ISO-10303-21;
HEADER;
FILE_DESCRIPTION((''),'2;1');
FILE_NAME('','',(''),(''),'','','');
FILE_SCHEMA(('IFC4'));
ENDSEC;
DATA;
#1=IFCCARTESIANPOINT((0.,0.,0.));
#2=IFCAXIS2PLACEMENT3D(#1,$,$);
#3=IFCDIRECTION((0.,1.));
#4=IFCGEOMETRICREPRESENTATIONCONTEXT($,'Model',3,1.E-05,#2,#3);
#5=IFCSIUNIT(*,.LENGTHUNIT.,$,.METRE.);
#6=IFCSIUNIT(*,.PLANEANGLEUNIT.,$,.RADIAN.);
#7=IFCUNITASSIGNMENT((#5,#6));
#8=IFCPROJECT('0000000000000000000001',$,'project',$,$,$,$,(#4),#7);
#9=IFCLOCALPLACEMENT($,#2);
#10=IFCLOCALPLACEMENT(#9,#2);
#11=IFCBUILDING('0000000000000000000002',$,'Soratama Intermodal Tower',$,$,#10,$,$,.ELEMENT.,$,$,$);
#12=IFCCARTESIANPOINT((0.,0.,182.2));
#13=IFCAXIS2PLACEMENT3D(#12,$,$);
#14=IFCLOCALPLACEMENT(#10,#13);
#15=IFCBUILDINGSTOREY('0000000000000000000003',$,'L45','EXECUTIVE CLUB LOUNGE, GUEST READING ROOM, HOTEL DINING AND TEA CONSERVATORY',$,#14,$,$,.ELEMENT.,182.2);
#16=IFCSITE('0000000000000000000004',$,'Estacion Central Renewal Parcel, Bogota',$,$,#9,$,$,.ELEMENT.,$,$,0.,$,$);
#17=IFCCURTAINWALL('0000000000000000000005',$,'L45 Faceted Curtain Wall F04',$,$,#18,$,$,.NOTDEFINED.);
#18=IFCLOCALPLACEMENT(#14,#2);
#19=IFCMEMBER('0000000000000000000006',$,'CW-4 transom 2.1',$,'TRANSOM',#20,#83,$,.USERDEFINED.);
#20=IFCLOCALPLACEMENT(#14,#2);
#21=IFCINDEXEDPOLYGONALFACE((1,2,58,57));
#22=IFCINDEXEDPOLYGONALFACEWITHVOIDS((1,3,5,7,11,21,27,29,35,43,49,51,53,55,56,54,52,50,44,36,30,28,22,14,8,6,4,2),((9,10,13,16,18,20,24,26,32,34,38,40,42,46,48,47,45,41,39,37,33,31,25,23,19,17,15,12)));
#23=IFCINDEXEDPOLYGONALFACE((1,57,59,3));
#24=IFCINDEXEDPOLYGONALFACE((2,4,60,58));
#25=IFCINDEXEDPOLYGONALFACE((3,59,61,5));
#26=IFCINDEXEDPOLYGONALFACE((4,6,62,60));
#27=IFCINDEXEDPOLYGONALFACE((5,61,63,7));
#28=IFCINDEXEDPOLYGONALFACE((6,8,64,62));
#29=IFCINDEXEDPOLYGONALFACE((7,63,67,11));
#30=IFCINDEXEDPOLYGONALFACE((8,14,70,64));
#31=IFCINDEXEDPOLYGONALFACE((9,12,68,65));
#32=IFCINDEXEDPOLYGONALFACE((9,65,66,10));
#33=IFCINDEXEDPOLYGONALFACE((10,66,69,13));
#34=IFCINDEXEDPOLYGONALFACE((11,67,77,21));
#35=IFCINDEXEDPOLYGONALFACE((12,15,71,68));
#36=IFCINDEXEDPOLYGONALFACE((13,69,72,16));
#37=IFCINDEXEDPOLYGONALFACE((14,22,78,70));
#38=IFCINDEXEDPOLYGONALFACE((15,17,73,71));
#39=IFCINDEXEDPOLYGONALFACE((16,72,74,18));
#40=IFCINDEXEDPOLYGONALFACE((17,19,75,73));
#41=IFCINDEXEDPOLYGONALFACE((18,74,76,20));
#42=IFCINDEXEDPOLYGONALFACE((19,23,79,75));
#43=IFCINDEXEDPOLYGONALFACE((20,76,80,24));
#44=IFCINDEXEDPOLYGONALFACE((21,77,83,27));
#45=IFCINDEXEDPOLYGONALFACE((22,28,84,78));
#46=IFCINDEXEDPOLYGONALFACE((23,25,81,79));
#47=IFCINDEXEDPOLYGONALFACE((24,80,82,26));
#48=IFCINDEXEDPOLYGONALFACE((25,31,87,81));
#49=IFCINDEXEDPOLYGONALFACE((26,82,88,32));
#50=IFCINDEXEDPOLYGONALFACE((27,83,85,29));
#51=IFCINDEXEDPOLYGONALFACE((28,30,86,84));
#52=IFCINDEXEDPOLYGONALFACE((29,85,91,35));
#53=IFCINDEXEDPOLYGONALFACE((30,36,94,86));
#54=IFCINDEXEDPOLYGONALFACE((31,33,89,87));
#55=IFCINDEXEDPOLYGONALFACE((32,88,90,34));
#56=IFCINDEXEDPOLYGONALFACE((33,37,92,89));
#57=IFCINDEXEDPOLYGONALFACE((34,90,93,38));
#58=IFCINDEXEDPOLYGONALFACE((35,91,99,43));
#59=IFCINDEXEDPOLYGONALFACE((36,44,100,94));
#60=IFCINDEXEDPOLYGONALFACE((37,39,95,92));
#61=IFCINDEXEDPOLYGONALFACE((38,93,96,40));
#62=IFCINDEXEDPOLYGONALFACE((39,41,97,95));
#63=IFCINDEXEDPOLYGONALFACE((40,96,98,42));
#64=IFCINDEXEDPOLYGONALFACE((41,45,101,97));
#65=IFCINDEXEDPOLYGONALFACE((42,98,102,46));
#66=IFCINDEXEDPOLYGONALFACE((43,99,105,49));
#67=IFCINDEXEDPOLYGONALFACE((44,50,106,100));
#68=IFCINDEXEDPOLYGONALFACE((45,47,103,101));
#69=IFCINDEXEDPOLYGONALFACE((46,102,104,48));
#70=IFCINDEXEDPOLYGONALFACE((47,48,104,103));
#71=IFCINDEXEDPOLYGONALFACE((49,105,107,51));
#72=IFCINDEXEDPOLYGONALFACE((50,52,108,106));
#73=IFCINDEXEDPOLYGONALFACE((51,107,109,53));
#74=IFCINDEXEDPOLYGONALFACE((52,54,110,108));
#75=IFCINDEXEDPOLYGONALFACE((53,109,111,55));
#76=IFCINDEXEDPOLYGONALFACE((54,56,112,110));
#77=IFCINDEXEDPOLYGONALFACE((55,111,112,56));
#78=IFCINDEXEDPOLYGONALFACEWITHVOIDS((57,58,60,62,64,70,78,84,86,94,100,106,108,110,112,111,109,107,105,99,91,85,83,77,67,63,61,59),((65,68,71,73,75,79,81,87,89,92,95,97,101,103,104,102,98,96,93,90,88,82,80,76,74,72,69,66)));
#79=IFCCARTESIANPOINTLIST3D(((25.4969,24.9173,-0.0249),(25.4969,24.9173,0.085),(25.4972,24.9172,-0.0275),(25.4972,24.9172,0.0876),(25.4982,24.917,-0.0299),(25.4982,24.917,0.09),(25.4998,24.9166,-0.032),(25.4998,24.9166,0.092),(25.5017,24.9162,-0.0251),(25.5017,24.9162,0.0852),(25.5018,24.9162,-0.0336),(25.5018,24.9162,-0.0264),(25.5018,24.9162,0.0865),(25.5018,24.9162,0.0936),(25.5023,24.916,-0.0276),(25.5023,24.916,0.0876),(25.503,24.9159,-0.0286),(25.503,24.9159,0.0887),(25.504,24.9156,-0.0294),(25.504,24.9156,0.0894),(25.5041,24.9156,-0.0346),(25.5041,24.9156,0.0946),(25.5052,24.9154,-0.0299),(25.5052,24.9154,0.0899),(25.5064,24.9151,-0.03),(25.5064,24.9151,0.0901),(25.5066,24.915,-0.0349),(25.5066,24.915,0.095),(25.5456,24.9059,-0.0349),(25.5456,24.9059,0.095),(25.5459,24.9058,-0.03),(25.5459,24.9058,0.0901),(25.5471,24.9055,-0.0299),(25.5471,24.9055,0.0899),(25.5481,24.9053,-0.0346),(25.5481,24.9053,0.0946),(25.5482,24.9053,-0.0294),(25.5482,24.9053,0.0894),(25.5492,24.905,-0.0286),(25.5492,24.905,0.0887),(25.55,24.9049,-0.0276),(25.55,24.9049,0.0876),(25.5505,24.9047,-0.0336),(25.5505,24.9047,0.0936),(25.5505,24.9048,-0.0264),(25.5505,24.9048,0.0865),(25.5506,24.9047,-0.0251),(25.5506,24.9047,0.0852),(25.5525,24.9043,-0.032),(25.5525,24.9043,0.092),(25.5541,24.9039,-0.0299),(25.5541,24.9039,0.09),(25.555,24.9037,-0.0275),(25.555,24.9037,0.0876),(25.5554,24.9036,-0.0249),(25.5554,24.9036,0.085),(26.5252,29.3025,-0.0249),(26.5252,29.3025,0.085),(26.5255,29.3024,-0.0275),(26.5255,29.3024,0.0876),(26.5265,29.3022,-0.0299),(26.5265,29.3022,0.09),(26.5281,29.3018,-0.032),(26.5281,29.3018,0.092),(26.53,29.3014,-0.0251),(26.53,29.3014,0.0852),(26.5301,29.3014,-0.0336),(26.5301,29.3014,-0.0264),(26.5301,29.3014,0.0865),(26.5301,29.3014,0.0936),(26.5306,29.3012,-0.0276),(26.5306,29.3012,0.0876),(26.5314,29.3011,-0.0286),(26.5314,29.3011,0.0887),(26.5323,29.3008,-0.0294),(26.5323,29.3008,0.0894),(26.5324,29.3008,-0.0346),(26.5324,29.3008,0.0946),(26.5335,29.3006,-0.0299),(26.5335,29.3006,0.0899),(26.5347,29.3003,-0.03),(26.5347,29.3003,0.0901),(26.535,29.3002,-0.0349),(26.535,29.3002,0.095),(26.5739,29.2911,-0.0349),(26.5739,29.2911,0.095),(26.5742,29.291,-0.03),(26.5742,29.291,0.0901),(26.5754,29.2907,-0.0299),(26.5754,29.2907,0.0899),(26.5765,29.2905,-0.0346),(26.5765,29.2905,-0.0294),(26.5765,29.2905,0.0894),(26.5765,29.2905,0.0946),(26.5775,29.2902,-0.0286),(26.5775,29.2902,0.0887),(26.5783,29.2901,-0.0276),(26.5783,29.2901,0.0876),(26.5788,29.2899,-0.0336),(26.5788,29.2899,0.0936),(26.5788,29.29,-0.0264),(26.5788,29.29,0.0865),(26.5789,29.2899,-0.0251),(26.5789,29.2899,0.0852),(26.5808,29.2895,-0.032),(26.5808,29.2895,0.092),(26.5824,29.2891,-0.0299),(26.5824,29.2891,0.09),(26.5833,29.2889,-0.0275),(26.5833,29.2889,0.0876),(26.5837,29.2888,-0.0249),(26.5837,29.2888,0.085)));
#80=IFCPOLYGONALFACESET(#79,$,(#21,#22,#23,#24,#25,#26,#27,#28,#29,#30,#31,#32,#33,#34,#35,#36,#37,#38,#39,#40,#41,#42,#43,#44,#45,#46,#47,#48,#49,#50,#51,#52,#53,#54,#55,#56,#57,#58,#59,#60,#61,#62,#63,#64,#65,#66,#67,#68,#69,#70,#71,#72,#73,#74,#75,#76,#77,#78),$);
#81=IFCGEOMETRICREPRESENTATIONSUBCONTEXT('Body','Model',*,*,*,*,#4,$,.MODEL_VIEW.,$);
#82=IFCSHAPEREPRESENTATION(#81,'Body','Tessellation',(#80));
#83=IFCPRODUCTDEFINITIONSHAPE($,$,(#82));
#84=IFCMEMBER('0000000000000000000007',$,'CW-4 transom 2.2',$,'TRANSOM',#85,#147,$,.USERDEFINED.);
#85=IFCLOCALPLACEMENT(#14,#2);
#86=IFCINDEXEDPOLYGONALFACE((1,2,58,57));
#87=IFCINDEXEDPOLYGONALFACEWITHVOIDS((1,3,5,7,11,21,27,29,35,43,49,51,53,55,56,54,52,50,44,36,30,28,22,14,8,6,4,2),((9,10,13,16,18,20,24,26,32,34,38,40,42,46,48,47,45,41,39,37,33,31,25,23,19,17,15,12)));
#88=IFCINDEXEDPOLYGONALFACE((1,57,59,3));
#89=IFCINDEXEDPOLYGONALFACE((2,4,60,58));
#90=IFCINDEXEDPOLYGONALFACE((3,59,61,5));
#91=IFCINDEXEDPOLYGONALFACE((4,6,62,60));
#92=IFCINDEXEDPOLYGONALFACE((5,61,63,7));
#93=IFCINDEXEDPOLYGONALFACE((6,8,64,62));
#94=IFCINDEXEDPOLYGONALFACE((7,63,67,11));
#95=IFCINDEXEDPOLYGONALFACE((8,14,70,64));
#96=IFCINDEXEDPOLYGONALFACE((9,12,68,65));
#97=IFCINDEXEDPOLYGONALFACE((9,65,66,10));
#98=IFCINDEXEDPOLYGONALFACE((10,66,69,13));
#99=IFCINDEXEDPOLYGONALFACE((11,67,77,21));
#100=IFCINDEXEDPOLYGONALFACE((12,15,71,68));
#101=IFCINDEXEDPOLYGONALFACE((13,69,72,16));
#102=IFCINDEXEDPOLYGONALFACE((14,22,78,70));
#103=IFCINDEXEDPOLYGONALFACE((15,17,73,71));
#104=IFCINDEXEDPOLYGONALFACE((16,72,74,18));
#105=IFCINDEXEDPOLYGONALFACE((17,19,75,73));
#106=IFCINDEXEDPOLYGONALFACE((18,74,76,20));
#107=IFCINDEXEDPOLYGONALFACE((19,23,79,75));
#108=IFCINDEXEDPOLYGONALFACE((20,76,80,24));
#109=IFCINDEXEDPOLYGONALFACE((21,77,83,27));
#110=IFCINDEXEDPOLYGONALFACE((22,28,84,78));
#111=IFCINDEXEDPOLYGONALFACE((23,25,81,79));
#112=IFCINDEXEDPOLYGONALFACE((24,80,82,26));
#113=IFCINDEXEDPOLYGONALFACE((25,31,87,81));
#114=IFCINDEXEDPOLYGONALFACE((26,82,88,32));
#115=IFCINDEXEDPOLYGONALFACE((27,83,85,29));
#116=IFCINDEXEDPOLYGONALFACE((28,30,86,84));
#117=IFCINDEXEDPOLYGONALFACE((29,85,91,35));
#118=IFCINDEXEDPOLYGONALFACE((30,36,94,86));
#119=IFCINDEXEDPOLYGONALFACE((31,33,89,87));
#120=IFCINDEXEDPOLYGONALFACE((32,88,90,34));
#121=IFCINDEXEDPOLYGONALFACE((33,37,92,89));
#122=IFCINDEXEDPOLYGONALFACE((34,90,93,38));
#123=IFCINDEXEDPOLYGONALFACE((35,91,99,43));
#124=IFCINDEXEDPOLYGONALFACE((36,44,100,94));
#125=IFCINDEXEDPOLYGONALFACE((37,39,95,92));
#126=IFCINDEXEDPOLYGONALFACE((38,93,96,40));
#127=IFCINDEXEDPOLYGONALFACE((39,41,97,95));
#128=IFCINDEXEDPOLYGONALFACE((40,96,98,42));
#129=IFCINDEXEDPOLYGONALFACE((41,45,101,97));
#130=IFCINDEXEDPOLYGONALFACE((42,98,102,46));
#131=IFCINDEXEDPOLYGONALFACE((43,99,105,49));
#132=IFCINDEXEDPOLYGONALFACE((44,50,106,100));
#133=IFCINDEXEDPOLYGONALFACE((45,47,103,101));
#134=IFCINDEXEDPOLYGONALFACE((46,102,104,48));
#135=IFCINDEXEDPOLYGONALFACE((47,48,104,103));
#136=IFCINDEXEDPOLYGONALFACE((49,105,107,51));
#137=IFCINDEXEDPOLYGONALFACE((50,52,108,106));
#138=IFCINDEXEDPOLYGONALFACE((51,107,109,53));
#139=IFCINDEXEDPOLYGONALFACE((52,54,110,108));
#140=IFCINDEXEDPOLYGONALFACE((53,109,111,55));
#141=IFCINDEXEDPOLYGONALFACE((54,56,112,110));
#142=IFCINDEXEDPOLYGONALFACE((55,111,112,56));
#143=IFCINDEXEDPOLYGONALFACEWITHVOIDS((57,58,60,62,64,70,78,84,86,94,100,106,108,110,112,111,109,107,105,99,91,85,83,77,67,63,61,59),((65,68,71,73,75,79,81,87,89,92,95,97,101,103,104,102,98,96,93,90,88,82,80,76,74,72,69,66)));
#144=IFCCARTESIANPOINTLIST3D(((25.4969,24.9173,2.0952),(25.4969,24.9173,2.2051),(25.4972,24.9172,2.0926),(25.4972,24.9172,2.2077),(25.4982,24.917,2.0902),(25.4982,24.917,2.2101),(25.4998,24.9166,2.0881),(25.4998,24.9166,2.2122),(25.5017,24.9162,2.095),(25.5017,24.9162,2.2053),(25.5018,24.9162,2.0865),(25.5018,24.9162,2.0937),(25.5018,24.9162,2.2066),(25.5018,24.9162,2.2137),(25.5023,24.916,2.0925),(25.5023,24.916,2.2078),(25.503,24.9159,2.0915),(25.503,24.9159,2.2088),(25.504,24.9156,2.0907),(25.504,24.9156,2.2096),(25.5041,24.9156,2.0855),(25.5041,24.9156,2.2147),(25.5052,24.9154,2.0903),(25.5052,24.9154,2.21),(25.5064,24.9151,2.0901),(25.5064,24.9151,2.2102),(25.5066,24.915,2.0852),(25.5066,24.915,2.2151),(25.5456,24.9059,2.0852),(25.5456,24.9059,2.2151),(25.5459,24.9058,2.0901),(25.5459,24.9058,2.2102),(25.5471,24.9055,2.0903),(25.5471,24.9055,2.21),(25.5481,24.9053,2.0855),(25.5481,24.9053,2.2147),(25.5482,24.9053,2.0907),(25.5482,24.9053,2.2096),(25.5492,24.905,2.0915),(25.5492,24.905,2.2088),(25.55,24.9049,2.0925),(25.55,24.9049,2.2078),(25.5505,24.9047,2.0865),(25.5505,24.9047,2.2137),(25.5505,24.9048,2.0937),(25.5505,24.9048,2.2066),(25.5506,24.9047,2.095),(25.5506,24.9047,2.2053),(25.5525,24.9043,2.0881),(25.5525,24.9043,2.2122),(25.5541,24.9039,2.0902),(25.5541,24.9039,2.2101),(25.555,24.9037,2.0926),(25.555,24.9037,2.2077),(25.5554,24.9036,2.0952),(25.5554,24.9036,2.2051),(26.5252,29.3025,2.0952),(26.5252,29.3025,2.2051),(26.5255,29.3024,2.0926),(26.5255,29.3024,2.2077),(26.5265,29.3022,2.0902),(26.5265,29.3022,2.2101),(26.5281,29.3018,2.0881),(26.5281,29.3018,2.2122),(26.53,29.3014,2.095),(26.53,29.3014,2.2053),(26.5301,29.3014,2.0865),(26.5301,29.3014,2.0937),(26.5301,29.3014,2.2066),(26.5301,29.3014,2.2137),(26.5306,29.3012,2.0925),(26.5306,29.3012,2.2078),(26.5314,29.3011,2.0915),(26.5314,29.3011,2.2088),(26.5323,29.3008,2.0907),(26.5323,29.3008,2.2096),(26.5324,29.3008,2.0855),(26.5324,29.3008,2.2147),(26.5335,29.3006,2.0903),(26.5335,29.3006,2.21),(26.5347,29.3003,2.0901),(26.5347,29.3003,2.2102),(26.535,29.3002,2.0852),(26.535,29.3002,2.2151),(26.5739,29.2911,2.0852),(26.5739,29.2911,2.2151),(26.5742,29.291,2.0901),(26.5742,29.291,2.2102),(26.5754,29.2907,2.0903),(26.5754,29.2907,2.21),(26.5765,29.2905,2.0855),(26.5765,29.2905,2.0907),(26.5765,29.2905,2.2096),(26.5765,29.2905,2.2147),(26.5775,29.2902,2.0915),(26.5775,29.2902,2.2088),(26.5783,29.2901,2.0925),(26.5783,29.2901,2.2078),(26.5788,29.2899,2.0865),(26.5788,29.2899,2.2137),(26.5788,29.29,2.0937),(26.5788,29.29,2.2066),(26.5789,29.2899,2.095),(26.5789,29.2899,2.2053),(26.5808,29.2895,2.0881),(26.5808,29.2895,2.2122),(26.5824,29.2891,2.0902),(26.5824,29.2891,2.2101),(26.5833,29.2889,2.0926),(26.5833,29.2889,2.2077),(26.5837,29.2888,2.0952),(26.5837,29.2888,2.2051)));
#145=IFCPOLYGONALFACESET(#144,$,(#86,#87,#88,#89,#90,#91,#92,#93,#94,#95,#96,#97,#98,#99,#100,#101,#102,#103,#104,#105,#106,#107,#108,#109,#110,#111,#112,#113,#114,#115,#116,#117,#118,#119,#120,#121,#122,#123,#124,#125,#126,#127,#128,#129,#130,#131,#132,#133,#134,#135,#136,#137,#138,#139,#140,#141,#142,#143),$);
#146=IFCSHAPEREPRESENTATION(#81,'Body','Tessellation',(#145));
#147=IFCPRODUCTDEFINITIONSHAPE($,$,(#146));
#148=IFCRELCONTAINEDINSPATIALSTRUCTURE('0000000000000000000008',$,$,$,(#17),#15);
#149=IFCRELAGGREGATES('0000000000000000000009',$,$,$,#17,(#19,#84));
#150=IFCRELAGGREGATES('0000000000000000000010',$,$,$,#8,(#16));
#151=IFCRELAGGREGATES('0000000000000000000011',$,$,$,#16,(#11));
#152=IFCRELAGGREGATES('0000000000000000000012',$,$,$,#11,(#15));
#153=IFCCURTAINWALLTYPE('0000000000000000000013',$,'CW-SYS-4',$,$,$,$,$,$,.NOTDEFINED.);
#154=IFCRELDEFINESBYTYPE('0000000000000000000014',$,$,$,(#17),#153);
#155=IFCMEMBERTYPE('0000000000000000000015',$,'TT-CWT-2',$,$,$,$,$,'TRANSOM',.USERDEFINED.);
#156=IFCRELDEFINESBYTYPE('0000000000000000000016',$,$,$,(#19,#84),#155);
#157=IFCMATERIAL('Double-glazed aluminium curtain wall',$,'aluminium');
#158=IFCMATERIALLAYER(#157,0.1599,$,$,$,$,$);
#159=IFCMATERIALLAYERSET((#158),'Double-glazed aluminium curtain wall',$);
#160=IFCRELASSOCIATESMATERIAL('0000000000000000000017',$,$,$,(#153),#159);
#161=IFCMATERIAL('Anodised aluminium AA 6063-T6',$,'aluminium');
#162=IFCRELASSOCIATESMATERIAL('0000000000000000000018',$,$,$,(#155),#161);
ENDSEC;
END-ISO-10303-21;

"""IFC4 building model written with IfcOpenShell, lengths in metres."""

from ifc_helpers import new_model, si_unit, direction, frame, origin, origin_2d, place, context, subcontext, project, spatial, hollow_rectangle, extrude, material, layer, layer_set, material_profile, profile_set, type_object, element, aggregate, save


model = new_model("IFC4")

# Units and contexts
model_context = context("Model", 3, precision=1e-05, world=origin(), true_north=direction((0.0, 1.0)))
body_context = subcontext(model_context, "Body", "Model", "MODEL_VIEW")
ifc_project = project(units=[si_unit("LENGTHUNIT", "METRE"), si_unit("PLANEANGLEUNIT", "RADIAN")], contexts=[model_context])

# Site, building, storey
site_placement = place(None, origin())
site = spatial("IfcSite", under=ifc_project, at=site_placement, Name="Estacion Central Renewal Parcel, Bogota", CompositionType="ELEMENT", RefElevation=0.0)
building_placement = place(site_placement, origin())
building = spatial("IfcBuilding", under=site, at=building_placement, Name="Soratama Intermodal Tower", CompositionType="ELEMENT")
storey_placement = place(building_placement, frame((0.0, 0.0, 182.2)))
storey = spatial("IfcBuildingStorey", under=building, at=storey_placement, Name="L45", Description="EXECUTIVE CLUB LOUNGE, GUEST READING ROOM, HOTEL DINING AND TEA CONSERVATORY", CompositionType="ELEMENT", Elevation=182.2)

# Curtain wall, members
ifc_material_1 = material(Name="Double-glazed aluminium curtain wall", Category="aluminium")
ifc_layer_1 = layer(ifc_material_1, 0.1599)
ifc_layer_set_1 = layer_set([ifc_layer_1], Name="Double-glazed aluminium curtain wall")
curtain_wall_type = type_object("IfcCurtainWallType", Name="CW-SYS-4", PredefinedType="NOTDEFINED", material=ifc_layer_set_1)
curtain_wall_placement = place(storey_placement, origin())
curtain_wall = element("IfcCurtainWall", 1, at=curtain_wall_placement, inside=storey, type_object=curtain_wall_type, Name="L45 Faceted Curtain Wall F04", PredefinedType="NOTDEFINED")
ifc_material_2 = material(Name="Anodised aluminium AA 6063-T6", Category="aluminium")
ifc_material_profile_1 = material_profile(ifc_material_2, hollow_rectangle(XDim=0.0601, YDim=0.1299, WallThickness=0.0049, InnerFilletRadius=0.0049, OuterFilletRadius=0.01, at=origin_2d()), Name="CWT130X60X5")
ifc_profile_set_1 = profile_set([ifc_material_profile_1], Name="Anodised aluminium AA 6063-T6")
member_type_1 = type_object("IfcMemberType", Name="TT-CWT-2", ElementType="TRANSOM", PredefinedType="USERDEFINED", material=ifc_profile_set_1)
member_1_placement = place(storey_placement, frame((26.5544, 29.2957, 0.03), z_axis=(-0.228302, -0.97359, 0.0), x_axis=(0.97359, -0.228302, 0.0)))
member_1 = element("IfcMember", 2, at=member_1_placement, type_object=member_type_1, Name="CW-4 transom 2.1", ObjectType="TRANSOM", PredefinedType="USERDEFINED", context=body_context, shape_type="SweptSolid", body=[
    extrude(hollow_rectangle(XDim=0.0601, YDim=0.1299, WallThickness=0.0049, InnerFilletRadius=0.0049, OuterFilletRadius=0.01, at=origin_2d()), origin(), (0.0, 0.0, 1.0), 4.5042),
])
member_2_placement = place(storey_placement, frame((26.5544, 29.2957, 2.1501), z_axis=(-0.228302, -0.97359, 0.0), x_axis=(0.97359, -0.228302, 0.0)))
member_2 = element("IfcMember", 3, at=member_2_placement, type_object=member_type_1, Name="CW-4 transom 2.2", ObjectType="TRANSOM", PredefinedType="USERDEFINED", context=body_context, shape_type="SweptSolid", body=[
    extrude(hollow_rectangle(XDim=0.0601, YDim=0.1299, WallThickness=0.0049, InnerFilletRadius=0.0049, OuterFilletRadius=0.01, at=origin_2d()), origin(), (0.0, 0.0, 1.0), 4.5042),
])
aggregate(curtain_wall, [member_1, member_2])

save(model, "model.ifc")
